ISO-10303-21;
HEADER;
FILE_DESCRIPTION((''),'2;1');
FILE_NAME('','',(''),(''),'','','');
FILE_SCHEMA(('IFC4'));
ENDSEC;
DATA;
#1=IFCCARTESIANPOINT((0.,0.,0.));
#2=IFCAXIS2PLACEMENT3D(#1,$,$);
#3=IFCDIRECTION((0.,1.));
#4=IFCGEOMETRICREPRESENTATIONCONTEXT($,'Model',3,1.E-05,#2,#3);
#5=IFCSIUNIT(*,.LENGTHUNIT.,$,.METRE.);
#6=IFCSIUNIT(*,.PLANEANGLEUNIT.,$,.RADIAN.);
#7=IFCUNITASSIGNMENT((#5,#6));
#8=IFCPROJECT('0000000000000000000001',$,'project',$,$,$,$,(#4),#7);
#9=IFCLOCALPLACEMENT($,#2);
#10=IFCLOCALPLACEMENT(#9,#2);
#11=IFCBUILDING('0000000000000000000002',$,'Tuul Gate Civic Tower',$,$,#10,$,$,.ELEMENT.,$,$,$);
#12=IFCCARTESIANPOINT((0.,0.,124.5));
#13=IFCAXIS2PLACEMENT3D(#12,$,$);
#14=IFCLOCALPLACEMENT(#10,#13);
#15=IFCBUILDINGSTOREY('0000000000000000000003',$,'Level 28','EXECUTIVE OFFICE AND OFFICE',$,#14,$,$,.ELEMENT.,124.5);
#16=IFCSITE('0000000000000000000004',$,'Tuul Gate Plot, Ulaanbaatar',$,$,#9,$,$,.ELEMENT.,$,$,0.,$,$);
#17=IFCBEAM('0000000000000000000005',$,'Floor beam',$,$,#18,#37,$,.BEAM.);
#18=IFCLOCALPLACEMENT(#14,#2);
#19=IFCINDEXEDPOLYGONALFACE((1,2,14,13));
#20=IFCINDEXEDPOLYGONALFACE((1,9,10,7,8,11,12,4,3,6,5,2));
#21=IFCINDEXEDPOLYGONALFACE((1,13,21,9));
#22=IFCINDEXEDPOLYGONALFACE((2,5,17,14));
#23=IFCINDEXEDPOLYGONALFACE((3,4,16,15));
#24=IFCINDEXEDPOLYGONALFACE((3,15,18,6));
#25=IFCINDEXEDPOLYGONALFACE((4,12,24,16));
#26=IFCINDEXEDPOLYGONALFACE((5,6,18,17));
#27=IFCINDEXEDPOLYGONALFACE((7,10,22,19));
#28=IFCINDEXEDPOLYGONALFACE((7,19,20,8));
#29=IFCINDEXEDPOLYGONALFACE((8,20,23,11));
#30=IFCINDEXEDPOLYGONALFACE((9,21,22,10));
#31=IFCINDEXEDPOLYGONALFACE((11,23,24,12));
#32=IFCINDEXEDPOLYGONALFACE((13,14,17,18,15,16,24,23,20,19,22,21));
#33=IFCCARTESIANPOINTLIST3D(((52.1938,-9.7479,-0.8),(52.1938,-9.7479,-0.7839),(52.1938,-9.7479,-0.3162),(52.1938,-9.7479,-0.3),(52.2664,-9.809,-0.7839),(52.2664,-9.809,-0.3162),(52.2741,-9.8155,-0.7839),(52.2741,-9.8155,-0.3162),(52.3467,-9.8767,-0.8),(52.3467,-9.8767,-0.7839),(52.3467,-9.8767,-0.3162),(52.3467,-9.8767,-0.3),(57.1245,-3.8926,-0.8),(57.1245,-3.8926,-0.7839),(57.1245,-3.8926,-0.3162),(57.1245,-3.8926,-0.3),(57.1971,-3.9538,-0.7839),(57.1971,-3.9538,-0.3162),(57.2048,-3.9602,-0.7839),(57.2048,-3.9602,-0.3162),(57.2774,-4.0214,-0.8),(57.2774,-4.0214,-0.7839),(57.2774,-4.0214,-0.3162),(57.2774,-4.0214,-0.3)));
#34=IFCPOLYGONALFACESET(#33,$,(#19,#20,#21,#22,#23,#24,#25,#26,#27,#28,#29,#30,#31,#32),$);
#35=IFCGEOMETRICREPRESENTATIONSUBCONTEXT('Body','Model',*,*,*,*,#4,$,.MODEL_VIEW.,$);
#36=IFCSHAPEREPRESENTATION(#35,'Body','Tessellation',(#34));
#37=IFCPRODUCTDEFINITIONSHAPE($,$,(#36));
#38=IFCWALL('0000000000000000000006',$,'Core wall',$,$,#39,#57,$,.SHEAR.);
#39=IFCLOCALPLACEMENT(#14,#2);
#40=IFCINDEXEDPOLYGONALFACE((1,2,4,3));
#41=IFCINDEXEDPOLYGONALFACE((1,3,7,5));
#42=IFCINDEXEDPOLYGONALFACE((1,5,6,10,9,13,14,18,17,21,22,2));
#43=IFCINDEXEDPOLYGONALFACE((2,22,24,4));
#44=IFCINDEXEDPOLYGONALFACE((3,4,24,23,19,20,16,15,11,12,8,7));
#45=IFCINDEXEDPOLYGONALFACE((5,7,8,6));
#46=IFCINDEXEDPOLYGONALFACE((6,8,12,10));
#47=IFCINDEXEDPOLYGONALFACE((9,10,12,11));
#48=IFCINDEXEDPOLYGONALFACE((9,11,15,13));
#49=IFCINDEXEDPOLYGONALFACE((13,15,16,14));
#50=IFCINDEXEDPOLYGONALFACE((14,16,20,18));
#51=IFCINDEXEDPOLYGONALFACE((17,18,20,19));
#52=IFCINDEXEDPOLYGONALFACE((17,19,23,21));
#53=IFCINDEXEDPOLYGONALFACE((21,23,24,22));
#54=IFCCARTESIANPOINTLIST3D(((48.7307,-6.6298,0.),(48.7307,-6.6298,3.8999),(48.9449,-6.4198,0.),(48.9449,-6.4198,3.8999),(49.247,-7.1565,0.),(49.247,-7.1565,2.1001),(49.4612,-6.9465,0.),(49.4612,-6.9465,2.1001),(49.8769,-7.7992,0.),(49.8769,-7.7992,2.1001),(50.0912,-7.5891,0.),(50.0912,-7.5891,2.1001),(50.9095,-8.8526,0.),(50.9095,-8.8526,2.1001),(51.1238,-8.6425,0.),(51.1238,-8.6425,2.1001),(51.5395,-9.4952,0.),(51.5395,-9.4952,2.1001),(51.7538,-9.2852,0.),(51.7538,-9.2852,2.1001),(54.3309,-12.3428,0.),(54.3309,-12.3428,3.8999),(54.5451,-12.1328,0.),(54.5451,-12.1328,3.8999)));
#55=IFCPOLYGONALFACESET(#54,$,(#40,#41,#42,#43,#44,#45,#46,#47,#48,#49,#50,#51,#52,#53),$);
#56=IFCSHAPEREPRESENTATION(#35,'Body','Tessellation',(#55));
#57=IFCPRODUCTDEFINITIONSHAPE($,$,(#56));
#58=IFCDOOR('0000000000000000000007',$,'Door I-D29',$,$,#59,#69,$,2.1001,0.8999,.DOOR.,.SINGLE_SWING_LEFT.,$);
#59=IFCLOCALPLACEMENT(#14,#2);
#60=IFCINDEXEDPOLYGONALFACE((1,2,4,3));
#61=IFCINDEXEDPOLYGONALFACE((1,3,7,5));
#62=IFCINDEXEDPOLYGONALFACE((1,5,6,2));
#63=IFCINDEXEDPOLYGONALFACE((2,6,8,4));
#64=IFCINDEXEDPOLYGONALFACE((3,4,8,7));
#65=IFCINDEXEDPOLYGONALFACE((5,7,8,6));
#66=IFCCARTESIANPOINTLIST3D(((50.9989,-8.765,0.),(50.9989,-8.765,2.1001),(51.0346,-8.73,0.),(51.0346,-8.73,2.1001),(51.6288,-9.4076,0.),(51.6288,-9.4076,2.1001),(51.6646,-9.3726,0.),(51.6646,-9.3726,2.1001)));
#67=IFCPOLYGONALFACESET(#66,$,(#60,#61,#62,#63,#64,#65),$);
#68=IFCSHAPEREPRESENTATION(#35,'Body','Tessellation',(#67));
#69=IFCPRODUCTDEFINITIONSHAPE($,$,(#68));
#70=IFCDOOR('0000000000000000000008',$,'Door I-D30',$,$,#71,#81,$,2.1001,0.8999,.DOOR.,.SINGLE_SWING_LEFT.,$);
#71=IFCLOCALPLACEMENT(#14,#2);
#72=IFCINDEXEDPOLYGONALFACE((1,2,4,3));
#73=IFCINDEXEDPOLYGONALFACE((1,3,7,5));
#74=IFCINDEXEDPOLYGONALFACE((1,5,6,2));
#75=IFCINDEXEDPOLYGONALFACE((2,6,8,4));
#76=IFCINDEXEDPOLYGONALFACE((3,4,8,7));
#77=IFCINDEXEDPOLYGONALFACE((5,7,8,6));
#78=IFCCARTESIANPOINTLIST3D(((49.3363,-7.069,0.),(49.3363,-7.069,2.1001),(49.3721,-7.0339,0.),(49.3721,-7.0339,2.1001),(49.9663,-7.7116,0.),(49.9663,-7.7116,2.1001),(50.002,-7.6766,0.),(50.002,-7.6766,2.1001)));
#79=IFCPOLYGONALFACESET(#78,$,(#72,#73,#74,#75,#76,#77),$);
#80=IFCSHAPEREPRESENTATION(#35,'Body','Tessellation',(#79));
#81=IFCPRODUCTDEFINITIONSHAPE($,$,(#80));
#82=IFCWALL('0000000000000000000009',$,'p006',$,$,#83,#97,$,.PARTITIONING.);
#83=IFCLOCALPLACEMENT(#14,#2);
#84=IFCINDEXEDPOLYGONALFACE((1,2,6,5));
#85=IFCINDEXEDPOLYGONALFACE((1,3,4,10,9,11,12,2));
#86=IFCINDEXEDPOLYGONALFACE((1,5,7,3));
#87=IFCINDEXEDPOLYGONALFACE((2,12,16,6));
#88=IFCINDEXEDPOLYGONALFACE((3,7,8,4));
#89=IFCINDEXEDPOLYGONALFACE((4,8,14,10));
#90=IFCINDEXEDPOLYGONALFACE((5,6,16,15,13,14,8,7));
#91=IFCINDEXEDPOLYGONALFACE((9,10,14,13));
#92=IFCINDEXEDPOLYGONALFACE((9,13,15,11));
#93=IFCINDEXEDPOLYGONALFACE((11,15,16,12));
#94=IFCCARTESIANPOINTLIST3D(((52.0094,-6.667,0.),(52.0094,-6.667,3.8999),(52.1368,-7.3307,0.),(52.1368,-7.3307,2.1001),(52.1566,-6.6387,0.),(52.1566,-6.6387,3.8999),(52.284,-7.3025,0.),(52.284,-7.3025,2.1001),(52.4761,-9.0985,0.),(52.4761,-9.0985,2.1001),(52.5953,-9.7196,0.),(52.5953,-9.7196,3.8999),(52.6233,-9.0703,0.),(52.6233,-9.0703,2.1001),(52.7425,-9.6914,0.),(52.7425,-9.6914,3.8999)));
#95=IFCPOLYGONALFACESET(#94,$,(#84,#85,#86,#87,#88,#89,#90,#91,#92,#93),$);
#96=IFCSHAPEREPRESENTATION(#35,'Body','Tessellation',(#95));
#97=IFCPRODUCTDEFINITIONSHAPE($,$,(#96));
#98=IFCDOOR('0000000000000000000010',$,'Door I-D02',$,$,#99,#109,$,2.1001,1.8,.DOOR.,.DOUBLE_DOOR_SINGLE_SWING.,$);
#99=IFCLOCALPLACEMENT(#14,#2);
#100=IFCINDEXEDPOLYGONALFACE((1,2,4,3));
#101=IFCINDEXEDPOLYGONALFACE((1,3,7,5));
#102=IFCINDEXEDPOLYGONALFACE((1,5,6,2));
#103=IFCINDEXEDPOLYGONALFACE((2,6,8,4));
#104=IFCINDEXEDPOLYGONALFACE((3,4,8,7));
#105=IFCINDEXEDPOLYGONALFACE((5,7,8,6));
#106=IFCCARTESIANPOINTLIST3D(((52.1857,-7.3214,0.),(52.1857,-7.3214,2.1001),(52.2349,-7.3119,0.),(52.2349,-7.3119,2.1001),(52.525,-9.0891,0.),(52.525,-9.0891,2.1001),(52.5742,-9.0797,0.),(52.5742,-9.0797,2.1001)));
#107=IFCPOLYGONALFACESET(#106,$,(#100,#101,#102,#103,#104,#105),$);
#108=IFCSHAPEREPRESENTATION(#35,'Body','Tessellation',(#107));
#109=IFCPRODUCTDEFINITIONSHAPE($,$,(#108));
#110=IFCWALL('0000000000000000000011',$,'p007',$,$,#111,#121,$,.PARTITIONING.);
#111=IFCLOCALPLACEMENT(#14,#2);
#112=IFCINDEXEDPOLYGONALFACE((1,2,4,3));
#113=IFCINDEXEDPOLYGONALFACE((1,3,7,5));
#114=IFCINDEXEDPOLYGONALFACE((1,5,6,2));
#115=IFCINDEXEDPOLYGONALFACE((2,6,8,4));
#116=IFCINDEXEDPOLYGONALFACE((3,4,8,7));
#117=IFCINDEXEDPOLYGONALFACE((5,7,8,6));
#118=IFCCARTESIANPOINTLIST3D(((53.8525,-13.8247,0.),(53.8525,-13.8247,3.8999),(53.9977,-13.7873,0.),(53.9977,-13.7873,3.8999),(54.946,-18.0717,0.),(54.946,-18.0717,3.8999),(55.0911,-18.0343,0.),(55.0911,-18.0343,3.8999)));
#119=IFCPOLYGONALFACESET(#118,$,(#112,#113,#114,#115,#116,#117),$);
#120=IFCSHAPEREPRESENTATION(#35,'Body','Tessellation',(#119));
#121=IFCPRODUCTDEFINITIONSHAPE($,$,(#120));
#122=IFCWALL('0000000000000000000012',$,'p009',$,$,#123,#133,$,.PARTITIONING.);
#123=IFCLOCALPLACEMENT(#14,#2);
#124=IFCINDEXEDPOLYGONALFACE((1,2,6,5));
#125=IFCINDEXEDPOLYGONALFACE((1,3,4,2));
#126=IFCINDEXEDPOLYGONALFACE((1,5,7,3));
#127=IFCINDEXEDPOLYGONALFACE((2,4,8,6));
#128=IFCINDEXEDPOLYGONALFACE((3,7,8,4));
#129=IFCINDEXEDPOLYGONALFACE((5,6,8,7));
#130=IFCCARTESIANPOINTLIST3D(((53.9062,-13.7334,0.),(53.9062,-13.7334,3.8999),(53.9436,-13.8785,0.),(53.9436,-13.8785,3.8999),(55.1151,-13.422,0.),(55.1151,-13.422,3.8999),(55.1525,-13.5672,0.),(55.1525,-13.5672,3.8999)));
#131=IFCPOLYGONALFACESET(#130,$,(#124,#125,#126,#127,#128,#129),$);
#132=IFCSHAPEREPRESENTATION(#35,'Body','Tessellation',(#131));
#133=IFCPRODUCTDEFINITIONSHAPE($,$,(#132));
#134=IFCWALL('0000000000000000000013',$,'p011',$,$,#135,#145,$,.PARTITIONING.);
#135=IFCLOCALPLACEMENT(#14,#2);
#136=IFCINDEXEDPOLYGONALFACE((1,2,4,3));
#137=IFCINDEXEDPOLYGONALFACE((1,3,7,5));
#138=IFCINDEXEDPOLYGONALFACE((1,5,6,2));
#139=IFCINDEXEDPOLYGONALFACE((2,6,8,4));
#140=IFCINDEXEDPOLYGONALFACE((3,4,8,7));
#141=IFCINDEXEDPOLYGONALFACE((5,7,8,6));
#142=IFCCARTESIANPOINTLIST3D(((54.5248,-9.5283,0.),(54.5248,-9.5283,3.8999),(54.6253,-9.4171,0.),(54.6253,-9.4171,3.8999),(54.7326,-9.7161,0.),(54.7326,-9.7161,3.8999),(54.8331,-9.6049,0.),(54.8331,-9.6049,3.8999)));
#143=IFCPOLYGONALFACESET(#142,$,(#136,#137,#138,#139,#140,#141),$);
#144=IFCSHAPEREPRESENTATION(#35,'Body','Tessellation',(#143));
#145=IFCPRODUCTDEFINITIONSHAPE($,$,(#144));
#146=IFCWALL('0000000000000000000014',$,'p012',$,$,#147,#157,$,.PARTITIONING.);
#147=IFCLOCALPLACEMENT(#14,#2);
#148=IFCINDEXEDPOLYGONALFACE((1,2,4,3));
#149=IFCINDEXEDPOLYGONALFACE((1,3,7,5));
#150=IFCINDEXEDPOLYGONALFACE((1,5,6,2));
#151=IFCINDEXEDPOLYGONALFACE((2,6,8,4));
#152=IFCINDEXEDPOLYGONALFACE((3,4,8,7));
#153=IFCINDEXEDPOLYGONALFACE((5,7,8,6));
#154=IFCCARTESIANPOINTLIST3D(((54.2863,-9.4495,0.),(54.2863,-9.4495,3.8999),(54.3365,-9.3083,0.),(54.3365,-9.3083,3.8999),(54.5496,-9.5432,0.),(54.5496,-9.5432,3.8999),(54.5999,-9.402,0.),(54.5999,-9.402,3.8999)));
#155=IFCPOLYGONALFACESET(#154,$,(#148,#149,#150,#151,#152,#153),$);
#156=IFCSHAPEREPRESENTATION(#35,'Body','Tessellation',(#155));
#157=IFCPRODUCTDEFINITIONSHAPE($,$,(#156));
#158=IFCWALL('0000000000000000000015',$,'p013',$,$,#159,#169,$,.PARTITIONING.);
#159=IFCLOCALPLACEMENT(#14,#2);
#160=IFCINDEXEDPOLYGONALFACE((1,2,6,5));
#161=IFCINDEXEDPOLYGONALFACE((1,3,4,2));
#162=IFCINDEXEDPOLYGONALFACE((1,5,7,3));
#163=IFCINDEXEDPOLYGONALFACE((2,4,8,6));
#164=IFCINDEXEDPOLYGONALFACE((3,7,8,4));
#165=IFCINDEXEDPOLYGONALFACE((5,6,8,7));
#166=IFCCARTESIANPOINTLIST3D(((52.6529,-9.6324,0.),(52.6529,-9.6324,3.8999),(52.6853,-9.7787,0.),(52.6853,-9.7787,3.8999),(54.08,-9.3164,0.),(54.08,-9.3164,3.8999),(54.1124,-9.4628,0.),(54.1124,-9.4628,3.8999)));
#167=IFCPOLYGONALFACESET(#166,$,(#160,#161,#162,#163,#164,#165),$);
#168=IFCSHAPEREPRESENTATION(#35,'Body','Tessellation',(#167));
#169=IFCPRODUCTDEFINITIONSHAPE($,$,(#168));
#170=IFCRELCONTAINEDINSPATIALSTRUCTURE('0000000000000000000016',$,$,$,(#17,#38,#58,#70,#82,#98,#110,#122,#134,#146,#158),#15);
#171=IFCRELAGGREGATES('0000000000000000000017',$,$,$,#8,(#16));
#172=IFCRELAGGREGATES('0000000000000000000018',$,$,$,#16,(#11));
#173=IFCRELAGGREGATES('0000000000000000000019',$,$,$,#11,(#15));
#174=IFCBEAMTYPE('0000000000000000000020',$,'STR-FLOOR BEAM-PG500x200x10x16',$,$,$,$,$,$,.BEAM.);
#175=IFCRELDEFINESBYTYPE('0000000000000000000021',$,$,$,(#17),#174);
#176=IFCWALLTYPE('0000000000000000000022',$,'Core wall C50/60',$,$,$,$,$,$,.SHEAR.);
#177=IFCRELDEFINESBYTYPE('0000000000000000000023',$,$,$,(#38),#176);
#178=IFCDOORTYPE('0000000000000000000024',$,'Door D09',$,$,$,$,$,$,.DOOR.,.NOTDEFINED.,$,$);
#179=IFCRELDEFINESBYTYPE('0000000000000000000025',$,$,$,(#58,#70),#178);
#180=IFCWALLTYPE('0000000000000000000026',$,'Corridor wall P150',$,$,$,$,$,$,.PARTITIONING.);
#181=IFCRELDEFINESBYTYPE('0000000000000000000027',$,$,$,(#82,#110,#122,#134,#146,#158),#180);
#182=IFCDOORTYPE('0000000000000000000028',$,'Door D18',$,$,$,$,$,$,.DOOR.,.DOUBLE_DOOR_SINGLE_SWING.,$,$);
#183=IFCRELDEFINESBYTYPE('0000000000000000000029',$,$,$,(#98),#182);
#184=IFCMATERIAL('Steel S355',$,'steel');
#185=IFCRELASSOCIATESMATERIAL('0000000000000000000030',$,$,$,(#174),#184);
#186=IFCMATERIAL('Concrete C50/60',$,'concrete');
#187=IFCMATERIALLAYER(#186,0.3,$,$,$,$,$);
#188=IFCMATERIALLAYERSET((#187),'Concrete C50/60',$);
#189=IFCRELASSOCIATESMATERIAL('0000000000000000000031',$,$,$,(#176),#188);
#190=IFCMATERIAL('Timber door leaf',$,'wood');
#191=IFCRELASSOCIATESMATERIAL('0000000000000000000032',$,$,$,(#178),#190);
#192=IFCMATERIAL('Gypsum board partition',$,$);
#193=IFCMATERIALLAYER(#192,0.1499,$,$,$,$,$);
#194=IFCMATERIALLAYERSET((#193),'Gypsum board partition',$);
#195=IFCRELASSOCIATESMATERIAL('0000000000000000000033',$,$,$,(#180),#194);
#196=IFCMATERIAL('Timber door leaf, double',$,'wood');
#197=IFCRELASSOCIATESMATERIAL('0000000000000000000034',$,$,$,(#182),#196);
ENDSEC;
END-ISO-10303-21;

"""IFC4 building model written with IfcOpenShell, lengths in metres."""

from ifc_helpers import new_model, si_unit, direction, frame, frame_2d, origin, origin_2d, place, context, subcontext, project, spatial, rectangle, i_section, extrude, material, layer, layer_set, material_profile, profile_set, type_object, element, fill, save


model = new_model("IFC4")

# Units and contexts
model_context = context("Model", 3, precision=1e-05, world=origin(), true_north=direction((0.0, 1.0)))
body_context = subcontext(model_context, "Body", "Model", "MODEL_VIEW")
ifc_project = project(units=[si_unit("LENGTHUNIT", "METRE"), si_unit("PLANEANGLEUNIT", "RADIAN")], contexts=[model_context])

# Site, building, storey
site_placement = place(None, origin())
site = spatial("IfcSite", under=ifc_project, at=site_placement, Name="Tuul Gate Plot, Ulaanbaatar", CompositionType="ELEMENT", RefElevation=0.0)
building_placement = place(site_placement, origin())
building = spatial("IfcBuilding", under=site, at=building_placement, Name="Tuul Gate Civic Tower", CompositionType="ELEMENT")
storey_placement = place(building_placement, frame((0.0, 0.0, 124.5)))
storey = spatial("IfcBuildingStorey", under=building, at=storey_placement, Name="Level 28", Description="EXECUTIVE OFFICE AND OFFICE", CompositionType="ELEMENT", Elevation=124.5)

# Beam
ifc_material_1 = material(Name="Steel S355", Category="steel")
ifc_material_profile_1 = material_profile(ifc_material_1, i_section(OverallWidth=0.2, OverallDepth=0.5, WebThickness=0.01, FlangeThickness=0.0161, at=origin_2d()), Name="PG500x200x10x16")
ifc_profile_set_1 = profile_set([ifc_material_profile_1], Name="Steel S355")
beam_type = type_object("IfcBeamType", Name="STR-FLOOR BEAM-PG500x200x10x16", PredefinedType="BEAM", material=ifc_profile_set_1)
beam_placement = place(storey_placement, frame((52.2703, -9.8123, -0.55), z_axis=(0.644132, 0.764915, 0.0), x_axis=(-0.764915, 0.644132, 0.0)))
element("IfcBeam", 1, at=beam_placement, inside=storey, type_object=beam_type, Name="Floor beam", PredefinedType="BEAM", context=body_context, shape_type="SweptSolid", body=[
    extrude(i_section(OverallWidth=0.2, OverallDepth=0.5, WebThickness=0.01, FlangeThickness=0.0161, at=origin_2d()), origin(), (0.0, 0.0, 1.0), 7.6548),
])

# Wall, openings, doors
ifc_material_2 = material(Name="Concrete C50/60", Category="concrete")
ifc_layer_1 = layer(ifc_material_2, 0.3)
ifc_layer_set_1 = layer_set([ifc_layer_1], Name="Concrete C50/60")
wall_type_1 = type_object("IfcWallType", Name="Core wall C50/60", PredefinedType="SHEAR", material=ifc_layer_set_1)
wall_1_placement = place(storey_placement, frame((54.438, -12.2378, 0.0), z_axis=(0.0, 0.0, 1.0), x_axis=(-0.700022, 0.714121, 0.0)))
wall_1 = element("IfcWall", 2, at=wall_1_placement, inside=storey, type_object=wall_type_1, Name="Core wall", PredefinedType="SHEAR", context=body_context, shape_type="SweptSolid", body=[
    extrude(rectangle(XDim=8.0, YDim=0.3, at=frame_2d((4.0, 0.0))), origin(), (0.0, 0.0, 1.0), 3.8999),
])
opening_1_placement = place(wall_1_placement, frame((3.9875, 0.0, 0.0)))
opening_1 = element("IfcOpeningElement", 3, at=opening_1_placement, cuts=wall_1, PredefinedType="OPENING", context=body_context, shape_type="SweptSolid", body=[
    extrude(rectangle(XDim=0.8999, YDim=2.1001, at=frame_2d((0.45, 1.05))), frame((0.0, 0.1602, 0.0), z_axis=(0.0, -1.0, 0.0), x_axis=(1.0, 0.0, 0.0)), (0.0, 0.0, 1.0), 0.3201),
])
opening_2_placement = place(wall_1_placement, frame((6.3625, 0.0, 0.0)))
opening_2 = element("IfcOpeningElement", 4, at=opening_2_placement, cuts=wall_1, PredefinedType="OPENING", context=body_context, shape_type="SweptSolid", body=[
    extrude(rectangle(XDim=0.8999, YDim=2.1001, at=frame_2d((0.45, 1.05))), frame((0.0, 0.1602, 0.0), z_axis=(0.0, -1.0, 0.0), x_axis=(1.0, 0.0, 0.0)), (0.0, 0.0, 1.0), 0.3201),
])
ifc_material_3 = material(Name="Timber door leaf", Category="wood")
door_type_1 = type_object("IfcDoorType", Name="Door D09", OperationType="NOTDEFINED", PredefinedType="DOOR", material=ifc_material_3)
door_1_placement = place(opening_1_placement, origin())
door_1 = element("IfcDoor", 5, at=door_1_placement, inside=storey, type_object=door_type_1, Name="Door I-D29", OperationType="SINGLE_SWING_LEFT", OverallHeight=2.1001, OverallWidth=0.8999, PredefinedType="DOOR", context=body_context, shape_type="SweptSolid", body=[
    extrude(rectangle(XDim=0.8999, YDim=2.1001, at=frame_2d((0.45, 1.05))), frame((0.0, 0.0249, 0.0), z_axis=(0.0, -1.0, 0.0), x_axis=(1.0, 0.0, 0.0)), (0.0, 0.0, 1.0), 0.05),
])
fill(opening_1, door_1)
door_2_placement = place(opening_2_placement, origin())
door_2 = element("IfcDoor", 6, at=door_2_placement, inside=storey, type_object=door_type_1, Name="Door I-D30", OperationType="SINGLE_SWING_LEFT", OverallHeight=2.1001, OverallWidth=0.8999, PredefinedType="DOOR", context=body_context, shape_type="SweptSolid", body=[
    extrude(rectangle(XDim=0.8999, YDim=2.1001, at=frame_2d((0.45, 1.05))), frame((0.0, 0.0249, 0.0), z_axis=(0.0, -1.0, 0.0), x_axis=(1.0, 0.0, 0.0)), (0.0, 0.0, 1.0), 0.05),
])
fill(opening_2, door_2)

# Wall, opening, door
ifc_material_4 = material(Name="Gypsum board partition")
ifc_layer_2 = layer(ifc_material_4, 0.1499)
ifc_layer_set_2 = layer_set([ifc_layer_2], Name="Gypsum board partition")
wall_type_2 = type_object("IfcWallType", Name="Corridor wall P150", PredefinedType="PARTITIONING", material=ifc_layer_set_2)
wall_2_placement = place(storey_placement, frame((52.083, -6.6528, 0.0), z_axis=(0.0, 0.0, 1.0), x_axis=(0.188498, -0.982074, 0.0)))
wall_2 = element("IfcWall", 7, at=wall_2_placement, inside=storey, type_object=wall_type_2, Name="p006", PredefinedType="PARTITIONING", context=body_context, shape_type="SweptSolid", body=[
    extrude(rectangle(XDim=3.1084, YDim=0.1499, at=frame_2d((1.5542, 0.0))), origin(), (0.0, 0.0, 1.0), 3.8999),
])
opening_3_placement = place(wall_2_placement, frame((0.676, 0.0, 0.0)))
opening_3 = element("IfcOpeningElement", 8, at=opening_3_placement, cuts=wall_2, PredefinedType="OPENING", context=body_context, shape_type="SweptSolid", body=[
    extrude(rectangle(XDim=1.8, YDim=2.1001, at=frame_2d((0.8999, 1.05))), frame((0.0, 0.085, 0.0), z_axis=(0.0, -1.0, 0.0), x_axis=(1.0, 0.0, 0.0)), (0.0, 0.0, 1.0), 0.1699),
])
ifc_material_5 = material(Name="Timber door leaf, double", Category="wood")
door_type_2 = type_object("IfcDoorType", Name="Door D18", OperationType="DOUBLE_DOOR_SINGLE_SWING", PredefinedType="DOOR", material=ifc_material_5)
door_3_placement = place(opening_3_placement, origin())
door_3 = element("IfcDoor", 9, at=door_3_placement, inside=storey, type_object=door_type_2, Name="Door I-D02", OperationType="DOUBLE_DOOR_SINGLE_SWING", OverallHeight=2.1001, OverallWidth=1.8, PredefinedType="DOOR", context=body_context, shape_type="SweptSolid", body=[
    extrude(rectangle(XDim=1.8, YDim=2.1001, at=frame_2d((0.8999, 1.05))), frame((0.0, 0.0249, 0.0), z_axis=(0.0, -1.0, 0.0), x_axis=(1.0, 0.0, 0.0)), (0.0, 0.0, 1.0), 0.05),
])
fill(opening_3, door_3)

# Walls
wall_3_placement = place(storey_placement, frame((53.925, -13.8059, 0.0), z_axis=(0.0, 0.0, 1.0), x_axis=(0.249341, -0.968416, 0.0)))
element("IfcWall", 10, at=wall_3_placement, inside=storey, type_object=wall_type_2, Name="p007", PredefinedType="PARTITIONING", context=body_context, shape_type="SweptSolid", body=[
    extrude(rectangle(XDim=4.3855, YDim=0.1499, at=frame_2d((2.1929, 0.0))), origin(), (0.0, 0.0, 1.0), 3.8999),
])
wall_4_placement = place(storey_placement, frame((53.925, -13.8059, 0.0), z_axis=(0.0, 0.0, 1.0), x_axis=(0.968404, 0.249387, 0.0)))
element("IfcWall", 11, at=wall_4_placement, inside=storey, type_object=wall_type_2, Name="p009", PredefinedType="PARTITIONING", context=body_context, shape_type="SweptSolid", body=[
    extrude(rectangle(XDim=1.2483, YDim=0.1499, at=frame_2d((0.624, 0.0))), origin(), (0.0, 0.0, 1.0), 3.8999),
])
wall_5_placement = place(storey_placement, frame((54.575, -9.4727, 0.0), z_axis=(0.0, 0.0, 1.0), x_axis=(0.741949, -0.670457, 0.0)))
element("IfcWall", 12, at=wall_5_placement, inside=storey, type_object=wall_type_2, Name="p011", PredefinedType="PARTITIONING", context=body_context, shape_type="SweptSolid", body=[
    extrude(rectangle(XDim=0.28, YDim=0.1499, at=frame_2d((0.1401, 0.0))), origin(), (0.0, 0.0, 1.0), 3.8999),
])
wall_6_placement = place(storey_placement, frame((54.3115, -9.3789, 0.0), z_axis=(0.0, 0.0, 1.0), x_axis=(0.942117, -0.335285, 0.0)))
element("IfcWall", 13, at=wall_6_placement, inside=storey, type_object=wall_type_2, Name="p012", PredefinedType="PARTITIONING", context=body_context, shape_type="SweptSolid", body=[
    extrude(rectangle(XDim=0.2795, YDim=0.1499, at=frame_2d((0.1396, 0.0))), origin(), (0.0, 0.0, 1.0), 3.8999),
])
wall_7_placement = place(storey_placement, frame((52.6689, -9.7056, 0.0), z_axis=(0.0, 0.0, 1.0), x_axis=(0.97636, 0.216152, 0.0)))
element("IfcWall", 14, at=wall_7_placement, inside=storey, type_object=wall_type_2, Name="p013", PredefinedType="PARTITIONING", context=body_context, shape_type="SweptSolid", body=[
    extrude(rectangle(XDim=1.4617, YDim=0.1499, at=frame_2d((0.731, 0.0))), origin(), (0.0, 0.0, 1.0), 3.8999),
])

save(model, "model.ifc")
